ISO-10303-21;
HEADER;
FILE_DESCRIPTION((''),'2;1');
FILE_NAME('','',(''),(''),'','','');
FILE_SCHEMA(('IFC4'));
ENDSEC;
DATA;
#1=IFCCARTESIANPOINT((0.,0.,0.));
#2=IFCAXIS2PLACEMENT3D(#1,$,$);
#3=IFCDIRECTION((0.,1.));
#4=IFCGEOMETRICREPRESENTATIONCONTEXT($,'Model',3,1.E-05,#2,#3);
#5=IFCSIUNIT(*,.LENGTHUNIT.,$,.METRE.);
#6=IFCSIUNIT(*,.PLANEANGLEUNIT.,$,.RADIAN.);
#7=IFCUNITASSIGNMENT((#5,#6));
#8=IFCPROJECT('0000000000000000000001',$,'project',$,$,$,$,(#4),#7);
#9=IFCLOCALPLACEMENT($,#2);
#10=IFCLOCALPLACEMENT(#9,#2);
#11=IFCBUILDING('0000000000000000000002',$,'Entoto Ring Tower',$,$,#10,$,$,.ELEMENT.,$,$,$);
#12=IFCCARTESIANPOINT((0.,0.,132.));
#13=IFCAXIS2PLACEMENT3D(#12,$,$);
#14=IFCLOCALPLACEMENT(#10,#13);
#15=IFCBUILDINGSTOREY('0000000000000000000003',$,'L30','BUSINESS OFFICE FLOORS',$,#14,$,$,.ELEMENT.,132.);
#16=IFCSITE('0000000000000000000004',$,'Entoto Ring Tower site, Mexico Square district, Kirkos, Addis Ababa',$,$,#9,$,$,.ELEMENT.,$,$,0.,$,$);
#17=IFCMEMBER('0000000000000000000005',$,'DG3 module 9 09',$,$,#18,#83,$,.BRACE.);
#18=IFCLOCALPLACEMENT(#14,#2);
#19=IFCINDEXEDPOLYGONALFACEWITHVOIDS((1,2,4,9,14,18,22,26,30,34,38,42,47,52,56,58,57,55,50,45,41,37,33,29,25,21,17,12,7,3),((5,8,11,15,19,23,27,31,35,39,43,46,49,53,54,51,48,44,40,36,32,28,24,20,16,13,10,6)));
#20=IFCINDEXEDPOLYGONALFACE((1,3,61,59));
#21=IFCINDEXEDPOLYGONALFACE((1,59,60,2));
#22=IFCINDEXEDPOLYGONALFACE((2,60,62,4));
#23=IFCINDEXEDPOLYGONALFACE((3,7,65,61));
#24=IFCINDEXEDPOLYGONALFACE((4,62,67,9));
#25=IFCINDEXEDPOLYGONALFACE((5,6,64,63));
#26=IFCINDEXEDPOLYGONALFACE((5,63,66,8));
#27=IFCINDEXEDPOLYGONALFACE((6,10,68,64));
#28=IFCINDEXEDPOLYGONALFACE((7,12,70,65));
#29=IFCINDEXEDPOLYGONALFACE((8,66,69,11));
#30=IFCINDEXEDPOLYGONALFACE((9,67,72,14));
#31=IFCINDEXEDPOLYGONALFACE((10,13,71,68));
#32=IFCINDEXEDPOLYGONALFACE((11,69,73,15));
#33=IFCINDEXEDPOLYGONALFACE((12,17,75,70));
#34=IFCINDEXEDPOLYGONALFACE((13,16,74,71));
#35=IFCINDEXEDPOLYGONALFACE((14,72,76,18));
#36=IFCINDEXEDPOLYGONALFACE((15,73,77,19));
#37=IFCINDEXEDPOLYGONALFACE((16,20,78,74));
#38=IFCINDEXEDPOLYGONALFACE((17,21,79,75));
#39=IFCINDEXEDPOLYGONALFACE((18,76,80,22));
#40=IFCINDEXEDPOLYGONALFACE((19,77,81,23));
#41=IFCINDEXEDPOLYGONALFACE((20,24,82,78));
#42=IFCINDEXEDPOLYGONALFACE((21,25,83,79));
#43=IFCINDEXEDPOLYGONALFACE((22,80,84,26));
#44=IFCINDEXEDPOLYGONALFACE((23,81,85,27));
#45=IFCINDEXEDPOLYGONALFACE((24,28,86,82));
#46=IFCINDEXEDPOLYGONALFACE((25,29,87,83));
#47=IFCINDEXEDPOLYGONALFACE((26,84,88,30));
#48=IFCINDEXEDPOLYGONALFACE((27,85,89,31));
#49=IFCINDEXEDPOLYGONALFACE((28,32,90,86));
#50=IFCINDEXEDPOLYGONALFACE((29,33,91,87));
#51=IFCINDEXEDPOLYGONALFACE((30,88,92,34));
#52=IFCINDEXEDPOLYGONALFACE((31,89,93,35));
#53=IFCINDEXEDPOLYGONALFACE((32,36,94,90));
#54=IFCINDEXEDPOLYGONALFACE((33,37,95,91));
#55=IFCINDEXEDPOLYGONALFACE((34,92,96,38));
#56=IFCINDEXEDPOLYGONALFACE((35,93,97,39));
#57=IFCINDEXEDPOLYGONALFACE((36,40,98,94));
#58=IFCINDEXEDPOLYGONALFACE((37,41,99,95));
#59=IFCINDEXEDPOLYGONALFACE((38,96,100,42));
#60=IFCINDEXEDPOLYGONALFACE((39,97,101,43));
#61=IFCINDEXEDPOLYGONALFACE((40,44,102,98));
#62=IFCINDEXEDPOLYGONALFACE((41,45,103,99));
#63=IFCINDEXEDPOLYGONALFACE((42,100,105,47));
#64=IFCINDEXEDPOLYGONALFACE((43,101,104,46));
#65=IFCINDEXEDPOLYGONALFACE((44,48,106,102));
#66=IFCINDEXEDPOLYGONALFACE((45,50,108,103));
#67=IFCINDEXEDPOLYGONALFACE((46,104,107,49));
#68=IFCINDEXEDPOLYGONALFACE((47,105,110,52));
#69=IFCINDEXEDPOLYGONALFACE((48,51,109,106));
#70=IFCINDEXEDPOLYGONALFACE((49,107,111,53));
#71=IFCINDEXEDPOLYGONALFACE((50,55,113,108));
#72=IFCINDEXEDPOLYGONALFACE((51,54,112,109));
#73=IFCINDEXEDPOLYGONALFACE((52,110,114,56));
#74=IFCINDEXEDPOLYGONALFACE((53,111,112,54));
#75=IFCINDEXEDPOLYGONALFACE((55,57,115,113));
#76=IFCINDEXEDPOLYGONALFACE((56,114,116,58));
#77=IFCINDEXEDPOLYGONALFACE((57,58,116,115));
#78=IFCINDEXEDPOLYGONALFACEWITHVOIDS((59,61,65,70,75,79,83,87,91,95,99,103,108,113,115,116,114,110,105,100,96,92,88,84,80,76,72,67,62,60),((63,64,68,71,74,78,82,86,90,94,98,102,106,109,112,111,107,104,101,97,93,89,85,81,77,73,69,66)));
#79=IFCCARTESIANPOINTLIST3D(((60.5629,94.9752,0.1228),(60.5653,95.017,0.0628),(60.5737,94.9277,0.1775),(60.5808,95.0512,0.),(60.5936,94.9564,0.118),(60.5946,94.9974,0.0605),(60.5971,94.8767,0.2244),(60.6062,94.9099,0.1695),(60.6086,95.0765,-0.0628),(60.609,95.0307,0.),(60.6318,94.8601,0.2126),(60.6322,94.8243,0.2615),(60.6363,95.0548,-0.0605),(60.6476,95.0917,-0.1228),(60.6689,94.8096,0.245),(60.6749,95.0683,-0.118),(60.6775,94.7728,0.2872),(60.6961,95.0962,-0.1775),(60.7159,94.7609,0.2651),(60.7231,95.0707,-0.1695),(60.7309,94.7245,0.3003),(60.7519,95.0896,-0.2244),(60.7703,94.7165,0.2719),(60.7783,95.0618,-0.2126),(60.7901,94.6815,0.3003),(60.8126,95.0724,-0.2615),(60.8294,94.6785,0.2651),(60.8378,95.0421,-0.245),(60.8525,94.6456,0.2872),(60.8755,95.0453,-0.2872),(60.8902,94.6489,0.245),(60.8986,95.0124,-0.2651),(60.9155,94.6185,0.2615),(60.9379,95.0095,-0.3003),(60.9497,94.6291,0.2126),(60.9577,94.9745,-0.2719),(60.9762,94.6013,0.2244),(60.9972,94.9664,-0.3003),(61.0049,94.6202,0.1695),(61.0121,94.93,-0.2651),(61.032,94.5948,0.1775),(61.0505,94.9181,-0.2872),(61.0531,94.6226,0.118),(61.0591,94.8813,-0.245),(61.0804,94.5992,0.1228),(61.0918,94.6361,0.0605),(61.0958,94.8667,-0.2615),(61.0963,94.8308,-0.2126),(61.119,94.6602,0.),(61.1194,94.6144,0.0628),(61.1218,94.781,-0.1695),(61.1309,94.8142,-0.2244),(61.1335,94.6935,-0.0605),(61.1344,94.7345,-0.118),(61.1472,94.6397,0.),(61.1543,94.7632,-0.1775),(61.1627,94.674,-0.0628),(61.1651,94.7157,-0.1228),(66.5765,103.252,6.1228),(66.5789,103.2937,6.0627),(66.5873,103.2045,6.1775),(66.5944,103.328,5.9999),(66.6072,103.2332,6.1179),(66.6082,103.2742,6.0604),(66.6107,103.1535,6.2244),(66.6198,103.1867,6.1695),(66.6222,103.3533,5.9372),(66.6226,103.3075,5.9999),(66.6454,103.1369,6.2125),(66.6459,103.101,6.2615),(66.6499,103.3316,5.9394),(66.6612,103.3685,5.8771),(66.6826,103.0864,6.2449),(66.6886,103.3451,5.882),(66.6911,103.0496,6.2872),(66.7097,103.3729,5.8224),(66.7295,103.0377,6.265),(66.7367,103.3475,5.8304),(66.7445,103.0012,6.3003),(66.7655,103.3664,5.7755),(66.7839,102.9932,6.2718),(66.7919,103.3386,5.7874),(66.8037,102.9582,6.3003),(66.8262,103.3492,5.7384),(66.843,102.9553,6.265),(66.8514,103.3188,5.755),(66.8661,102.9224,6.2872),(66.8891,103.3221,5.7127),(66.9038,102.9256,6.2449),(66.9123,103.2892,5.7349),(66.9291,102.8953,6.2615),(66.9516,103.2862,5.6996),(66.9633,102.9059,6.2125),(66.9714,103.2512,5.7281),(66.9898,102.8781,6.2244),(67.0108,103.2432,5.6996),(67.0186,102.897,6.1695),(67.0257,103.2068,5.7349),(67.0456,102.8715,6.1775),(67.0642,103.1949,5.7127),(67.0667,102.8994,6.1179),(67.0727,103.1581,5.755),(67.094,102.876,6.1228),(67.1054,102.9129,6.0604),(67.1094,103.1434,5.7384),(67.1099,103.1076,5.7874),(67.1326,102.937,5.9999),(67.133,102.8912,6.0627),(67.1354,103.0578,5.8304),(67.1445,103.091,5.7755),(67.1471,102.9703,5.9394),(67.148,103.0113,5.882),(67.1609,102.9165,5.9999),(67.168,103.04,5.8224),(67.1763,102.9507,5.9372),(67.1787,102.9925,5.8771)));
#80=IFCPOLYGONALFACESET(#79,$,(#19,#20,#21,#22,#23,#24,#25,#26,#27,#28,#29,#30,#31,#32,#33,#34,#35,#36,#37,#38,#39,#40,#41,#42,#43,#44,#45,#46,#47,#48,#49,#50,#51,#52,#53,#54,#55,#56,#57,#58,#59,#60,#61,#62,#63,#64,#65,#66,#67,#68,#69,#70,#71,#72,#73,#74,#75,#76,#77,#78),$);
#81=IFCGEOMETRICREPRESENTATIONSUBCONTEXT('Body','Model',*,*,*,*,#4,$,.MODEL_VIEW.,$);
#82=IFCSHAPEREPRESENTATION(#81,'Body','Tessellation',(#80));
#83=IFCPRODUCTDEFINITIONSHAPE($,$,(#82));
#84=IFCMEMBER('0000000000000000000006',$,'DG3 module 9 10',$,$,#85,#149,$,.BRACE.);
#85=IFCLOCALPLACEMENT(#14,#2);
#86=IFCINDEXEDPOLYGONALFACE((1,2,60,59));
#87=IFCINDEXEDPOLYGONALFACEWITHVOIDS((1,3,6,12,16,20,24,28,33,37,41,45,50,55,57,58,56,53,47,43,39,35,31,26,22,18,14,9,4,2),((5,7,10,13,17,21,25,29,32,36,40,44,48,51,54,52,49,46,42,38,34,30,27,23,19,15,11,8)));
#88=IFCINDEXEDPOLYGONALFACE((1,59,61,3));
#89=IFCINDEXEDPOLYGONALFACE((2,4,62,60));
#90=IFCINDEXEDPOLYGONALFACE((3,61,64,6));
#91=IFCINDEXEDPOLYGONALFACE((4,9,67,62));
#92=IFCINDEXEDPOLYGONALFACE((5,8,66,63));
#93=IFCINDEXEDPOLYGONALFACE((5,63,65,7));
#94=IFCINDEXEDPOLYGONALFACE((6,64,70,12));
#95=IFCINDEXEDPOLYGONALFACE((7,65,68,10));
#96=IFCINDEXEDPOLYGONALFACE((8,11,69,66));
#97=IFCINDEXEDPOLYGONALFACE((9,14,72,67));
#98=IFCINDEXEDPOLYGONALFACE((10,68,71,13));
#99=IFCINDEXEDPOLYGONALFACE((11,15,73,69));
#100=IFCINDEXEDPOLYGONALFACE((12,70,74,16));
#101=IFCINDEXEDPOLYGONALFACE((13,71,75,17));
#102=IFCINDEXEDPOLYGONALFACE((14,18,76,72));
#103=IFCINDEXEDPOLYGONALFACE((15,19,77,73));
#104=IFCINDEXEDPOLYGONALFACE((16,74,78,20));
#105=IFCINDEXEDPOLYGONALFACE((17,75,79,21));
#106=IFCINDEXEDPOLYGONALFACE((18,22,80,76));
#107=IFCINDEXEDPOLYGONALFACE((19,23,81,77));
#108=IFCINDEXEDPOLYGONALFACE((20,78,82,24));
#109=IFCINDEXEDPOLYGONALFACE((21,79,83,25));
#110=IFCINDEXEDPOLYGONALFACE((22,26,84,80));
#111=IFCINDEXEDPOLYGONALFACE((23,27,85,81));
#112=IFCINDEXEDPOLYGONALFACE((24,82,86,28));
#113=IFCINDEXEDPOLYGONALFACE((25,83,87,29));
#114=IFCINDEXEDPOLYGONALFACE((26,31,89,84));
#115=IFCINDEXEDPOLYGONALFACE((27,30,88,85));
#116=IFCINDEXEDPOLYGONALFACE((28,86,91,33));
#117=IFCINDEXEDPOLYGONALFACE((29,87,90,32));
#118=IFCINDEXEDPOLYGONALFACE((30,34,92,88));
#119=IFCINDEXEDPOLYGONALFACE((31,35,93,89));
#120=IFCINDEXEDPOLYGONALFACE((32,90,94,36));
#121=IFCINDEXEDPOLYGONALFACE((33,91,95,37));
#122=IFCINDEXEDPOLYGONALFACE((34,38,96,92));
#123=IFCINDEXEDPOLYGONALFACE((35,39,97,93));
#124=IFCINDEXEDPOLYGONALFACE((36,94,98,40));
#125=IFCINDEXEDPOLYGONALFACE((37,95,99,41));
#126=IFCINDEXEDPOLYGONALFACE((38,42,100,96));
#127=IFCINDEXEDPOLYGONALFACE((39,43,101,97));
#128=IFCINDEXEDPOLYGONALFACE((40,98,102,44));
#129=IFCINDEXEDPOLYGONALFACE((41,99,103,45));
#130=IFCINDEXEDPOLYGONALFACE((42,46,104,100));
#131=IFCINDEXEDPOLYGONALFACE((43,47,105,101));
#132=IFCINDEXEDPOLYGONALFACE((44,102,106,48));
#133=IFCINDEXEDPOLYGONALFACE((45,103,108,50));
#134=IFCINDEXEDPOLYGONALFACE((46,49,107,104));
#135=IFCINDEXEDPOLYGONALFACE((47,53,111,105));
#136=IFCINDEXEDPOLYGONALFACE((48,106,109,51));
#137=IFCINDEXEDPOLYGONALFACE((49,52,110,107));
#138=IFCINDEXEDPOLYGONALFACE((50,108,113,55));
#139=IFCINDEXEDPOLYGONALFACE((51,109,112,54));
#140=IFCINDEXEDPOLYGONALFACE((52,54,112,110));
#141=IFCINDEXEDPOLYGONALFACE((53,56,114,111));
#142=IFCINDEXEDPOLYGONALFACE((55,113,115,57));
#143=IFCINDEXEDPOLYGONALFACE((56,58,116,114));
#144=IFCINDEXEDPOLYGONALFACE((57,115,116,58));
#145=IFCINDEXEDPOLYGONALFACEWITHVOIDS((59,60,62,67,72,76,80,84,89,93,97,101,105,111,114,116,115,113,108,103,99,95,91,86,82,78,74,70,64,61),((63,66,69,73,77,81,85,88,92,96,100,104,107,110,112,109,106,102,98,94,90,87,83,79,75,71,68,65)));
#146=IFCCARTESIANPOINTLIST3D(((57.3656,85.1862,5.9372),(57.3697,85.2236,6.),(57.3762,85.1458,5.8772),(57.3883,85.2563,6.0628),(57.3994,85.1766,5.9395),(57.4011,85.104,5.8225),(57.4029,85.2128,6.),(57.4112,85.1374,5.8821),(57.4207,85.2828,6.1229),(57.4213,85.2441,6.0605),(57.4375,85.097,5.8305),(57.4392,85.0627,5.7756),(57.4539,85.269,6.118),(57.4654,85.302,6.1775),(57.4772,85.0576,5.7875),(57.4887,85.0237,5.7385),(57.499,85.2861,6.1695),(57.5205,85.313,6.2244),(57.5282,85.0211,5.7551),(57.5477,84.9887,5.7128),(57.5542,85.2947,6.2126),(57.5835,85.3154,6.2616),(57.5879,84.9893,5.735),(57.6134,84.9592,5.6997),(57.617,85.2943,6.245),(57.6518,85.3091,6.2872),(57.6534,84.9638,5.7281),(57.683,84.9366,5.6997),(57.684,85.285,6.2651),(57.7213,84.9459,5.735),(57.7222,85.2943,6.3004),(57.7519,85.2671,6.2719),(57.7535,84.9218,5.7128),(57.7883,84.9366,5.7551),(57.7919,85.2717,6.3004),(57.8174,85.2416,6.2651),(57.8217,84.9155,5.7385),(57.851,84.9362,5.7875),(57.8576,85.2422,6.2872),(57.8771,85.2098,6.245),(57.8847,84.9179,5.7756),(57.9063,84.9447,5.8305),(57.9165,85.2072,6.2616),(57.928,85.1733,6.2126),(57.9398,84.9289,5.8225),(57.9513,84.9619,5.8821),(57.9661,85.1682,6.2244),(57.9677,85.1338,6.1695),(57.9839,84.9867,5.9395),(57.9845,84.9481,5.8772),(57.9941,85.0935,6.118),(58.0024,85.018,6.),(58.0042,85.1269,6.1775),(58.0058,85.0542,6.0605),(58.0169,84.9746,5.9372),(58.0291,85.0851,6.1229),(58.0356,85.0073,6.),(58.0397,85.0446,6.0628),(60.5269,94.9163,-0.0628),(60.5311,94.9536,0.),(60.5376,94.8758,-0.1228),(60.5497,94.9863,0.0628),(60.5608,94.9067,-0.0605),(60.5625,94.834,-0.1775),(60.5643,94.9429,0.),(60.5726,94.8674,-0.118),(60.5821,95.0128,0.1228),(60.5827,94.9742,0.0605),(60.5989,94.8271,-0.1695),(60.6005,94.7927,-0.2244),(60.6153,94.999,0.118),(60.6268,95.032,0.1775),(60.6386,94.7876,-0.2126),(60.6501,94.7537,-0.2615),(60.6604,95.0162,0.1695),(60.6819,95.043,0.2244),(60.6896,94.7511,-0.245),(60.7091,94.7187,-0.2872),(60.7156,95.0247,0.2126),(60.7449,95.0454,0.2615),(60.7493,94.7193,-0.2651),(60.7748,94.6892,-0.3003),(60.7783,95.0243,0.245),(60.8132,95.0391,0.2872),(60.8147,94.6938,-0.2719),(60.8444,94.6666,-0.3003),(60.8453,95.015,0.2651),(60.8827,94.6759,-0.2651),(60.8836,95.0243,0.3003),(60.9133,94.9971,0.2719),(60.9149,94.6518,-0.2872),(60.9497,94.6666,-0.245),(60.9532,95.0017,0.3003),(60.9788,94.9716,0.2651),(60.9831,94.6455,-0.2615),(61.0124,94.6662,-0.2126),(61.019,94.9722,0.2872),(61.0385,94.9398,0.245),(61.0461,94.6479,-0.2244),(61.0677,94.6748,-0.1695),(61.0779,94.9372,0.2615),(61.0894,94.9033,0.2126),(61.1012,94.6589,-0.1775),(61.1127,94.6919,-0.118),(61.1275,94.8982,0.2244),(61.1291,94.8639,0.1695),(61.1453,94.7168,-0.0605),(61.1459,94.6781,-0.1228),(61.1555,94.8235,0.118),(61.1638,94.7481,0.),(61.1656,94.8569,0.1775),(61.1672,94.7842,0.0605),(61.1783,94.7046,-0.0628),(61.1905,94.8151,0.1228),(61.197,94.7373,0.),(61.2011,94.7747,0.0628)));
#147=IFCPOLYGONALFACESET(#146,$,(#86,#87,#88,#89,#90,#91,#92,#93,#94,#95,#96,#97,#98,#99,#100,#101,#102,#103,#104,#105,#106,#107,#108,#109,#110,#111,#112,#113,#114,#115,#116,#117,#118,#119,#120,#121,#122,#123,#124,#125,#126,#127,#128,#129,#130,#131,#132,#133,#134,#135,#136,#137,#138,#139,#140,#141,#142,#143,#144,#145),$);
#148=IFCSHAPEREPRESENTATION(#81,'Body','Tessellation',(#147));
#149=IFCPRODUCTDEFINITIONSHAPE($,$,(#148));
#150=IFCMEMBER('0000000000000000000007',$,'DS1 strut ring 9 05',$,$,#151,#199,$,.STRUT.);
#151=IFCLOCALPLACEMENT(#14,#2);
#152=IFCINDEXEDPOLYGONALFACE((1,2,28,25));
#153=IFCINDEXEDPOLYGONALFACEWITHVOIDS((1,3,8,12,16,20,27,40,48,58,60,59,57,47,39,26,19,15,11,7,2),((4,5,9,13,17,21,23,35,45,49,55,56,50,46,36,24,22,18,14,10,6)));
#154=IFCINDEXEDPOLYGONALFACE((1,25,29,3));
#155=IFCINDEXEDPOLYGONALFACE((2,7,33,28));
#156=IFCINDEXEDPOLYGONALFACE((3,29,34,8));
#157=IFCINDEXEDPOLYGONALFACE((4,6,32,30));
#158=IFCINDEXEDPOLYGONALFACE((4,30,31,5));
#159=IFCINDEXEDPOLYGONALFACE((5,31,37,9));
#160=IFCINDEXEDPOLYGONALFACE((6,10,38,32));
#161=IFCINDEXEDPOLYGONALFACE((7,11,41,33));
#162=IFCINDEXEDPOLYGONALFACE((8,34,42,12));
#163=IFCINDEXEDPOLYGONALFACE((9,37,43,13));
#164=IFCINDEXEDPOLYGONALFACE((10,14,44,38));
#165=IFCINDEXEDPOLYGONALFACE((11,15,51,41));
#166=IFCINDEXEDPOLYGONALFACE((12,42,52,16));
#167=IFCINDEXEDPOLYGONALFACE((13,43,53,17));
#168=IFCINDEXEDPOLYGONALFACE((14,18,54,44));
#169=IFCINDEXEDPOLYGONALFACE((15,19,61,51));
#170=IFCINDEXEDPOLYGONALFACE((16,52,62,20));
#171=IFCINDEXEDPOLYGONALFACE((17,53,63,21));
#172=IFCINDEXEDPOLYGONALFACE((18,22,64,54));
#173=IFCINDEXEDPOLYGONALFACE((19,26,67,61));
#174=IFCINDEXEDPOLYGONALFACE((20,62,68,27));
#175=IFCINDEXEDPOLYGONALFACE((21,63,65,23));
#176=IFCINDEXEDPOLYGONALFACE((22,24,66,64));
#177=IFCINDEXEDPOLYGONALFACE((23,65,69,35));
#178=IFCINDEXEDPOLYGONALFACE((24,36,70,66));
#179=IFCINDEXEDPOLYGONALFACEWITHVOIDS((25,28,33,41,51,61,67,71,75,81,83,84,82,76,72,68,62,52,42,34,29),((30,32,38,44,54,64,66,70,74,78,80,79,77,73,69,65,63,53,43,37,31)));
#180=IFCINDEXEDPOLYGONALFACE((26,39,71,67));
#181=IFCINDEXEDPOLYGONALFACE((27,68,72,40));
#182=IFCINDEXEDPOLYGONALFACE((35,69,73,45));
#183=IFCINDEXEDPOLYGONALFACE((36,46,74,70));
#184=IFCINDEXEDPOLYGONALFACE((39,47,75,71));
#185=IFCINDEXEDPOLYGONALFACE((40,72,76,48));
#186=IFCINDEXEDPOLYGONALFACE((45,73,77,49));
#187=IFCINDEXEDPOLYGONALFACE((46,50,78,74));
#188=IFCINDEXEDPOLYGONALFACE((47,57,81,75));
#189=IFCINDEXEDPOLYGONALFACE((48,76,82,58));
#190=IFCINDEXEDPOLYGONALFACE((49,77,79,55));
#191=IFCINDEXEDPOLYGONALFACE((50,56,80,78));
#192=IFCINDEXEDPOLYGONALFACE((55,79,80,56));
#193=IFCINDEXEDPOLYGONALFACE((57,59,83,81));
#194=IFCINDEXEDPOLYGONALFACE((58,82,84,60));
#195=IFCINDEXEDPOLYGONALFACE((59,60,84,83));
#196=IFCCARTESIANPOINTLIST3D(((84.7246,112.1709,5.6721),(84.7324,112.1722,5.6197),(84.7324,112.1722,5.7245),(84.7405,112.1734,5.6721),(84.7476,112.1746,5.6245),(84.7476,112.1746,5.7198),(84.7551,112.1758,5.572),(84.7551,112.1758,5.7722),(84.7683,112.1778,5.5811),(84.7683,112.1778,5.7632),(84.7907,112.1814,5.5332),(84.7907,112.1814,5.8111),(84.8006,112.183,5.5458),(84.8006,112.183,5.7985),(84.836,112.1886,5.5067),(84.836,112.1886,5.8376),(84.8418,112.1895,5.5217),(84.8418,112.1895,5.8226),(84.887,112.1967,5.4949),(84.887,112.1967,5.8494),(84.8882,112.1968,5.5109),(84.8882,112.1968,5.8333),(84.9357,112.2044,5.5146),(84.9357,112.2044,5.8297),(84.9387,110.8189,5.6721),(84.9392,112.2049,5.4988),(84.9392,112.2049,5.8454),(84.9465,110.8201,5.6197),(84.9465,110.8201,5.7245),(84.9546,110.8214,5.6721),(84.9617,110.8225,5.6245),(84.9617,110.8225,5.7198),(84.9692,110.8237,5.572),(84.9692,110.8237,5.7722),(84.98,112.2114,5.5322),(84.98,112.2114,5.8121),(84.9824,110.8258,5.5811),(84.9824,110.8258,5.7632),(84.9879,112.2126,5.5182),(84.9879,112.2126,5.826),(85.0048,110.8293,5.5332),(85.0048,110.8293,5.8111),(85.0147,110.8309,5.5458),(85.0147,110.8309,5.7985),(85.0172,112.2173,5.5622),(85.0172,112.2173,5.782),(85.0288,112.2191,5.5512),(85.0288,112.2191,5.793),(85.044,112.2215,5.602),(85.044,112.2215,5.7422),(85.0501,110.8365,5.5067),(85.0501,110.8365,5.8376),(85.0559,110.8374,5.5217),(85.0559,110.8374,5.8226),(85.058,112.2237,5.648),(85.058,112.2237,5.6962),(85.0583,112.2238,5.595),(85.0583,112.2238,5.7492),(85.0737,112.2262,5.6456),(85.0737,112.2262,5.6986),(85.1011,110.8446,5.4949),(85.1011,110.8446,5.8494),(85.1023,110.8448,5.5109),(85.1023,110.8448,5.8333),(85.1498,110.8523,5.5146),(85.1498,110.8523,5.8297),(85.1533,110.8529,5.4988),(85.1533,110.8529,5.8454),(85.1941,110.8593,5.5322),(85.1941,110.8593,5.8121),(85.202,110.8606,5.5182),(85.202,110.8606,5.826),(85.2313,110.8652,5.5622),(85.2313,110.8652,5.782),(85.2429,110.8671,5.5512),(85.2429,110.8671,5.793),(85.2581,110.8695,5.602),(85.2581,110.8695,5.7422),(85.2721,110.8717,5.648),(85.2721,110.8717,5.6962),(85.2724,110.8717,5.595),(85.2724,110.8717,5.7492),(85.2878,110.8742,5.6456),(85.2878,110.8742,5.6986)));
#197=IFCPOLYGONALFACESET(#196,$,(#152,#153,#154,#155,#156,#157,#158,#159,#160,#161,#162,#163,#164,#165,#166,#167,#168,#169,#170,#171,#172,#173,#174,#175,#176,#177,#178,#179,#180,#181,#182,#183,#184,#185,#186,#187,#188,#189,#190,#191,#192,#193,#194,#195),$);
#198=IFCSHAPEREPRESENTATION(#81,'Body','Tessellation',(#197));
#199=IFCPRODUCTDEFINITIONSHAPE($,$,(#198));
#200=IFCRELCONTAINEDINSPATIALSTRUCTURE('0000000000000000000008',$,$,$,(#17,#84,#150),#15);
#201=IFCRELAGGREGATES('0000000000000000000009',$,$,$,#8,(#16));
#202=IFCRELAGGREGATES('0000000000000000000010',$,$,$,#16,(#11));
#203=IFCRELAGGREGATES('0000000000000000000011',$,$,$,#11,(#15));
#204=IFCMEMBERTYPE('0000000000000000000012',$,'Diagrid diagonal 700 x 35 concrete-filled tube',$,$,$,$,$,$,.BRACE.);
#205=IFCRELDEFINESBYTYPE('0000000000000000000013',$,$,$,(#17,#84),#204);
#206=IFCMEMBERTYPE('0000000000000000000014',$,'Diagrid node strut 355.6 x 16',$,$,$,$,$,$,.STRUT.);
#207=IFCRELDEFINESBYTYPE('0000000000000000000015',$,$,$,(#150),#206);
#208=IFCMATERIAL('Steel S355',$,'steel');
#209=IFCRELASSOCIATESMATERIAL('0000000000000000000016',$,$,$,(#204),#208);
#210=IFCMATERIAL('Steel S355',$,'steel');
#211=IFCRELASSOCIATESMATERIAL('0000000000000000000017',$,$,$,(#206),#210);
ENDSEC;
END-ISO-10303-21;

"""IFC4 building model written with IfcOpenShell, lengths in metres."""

from ifc_helpers import new_model, si_unit, direction, frame, origin, origin_2d, place, context, subcontext, project, spatial, circle, hollow_circle, extrude, material, material_profile, profile_set, type_object, element, save


model = new_model("IFC4")

# Units and contexts
model_context = context("Model", 3, precision=1e-05, world=origin(), true_north=direction((0.0, 1.0)))
body_context = subcontext(model_context, "Body", "Model", "MODEL_VIEW")
ifc_project = project(units=[si_unit("LENGTHUNIT", "METRE"), si_unit("PLANEANGLEUNIT", "RADIAN")], contexts=[model_context])

# Site, building, storey
site_placement = place(None, origin())
site = spatial("IfcSite", under=ifc_project, at=site_placement, Name="Entoto Ring Tower site, Mexico Square district, Kirkos, Addis Ababa", CompositionType="ELEMENT", RefElevation=0.0)
building_placement = place(site_placement, origin())
building = spatial("IfcBuilding", under=site, at=building_placement, Name="Entoto Ring Tower", CompositionType="ELEMENT")
storey_placement = place(building_placement, frame((0.0, 0.0, 132.0)))
storey = spatial("IfcBuildingStorey", under=building, at=storey_placement, Name="L30", Description="BUSINESS OFFICE FLOORS", CompositionType="ELEMENT", Elevation=132.0)

# Members
ifc_material_1 = material(Name="Steel S355", Category="steel")
ifc_material_profile_1 = material_profile(ifc_material_1, hollow_circle(Radius=0.3501, WallThickness=0.0349, at=origin_2d()), Name="CHS 700 x 35")
ifc_material_2 = material(Name="Concrete C60/75", Category="concrete")
ifc_material_profile_2 = material_profile(ifc_material_2, circle(Radius=0.3149, at=origin_2d()), Name="Concrete C60/75 infill")
ifc_profile_set_1 = profile_set([ifc_material_profile_1, ifc_material_profile_2], Name="Steel S355")
member_type_1 = type_object("IfcMemberType", Name="Diagrid diagonal 700 x 35 concrete-filled tube", PredefinedType="BRACE", material=ifc_profile_set_1)
for number, where, z_axis, x_axis, name in (
    (1, (60.864, 94.8455, 0.0), (0.507035, 0.697853, 0.505882), (-0.809008, 0.587797, 0.0), "DG3 module 9 09"),
    (2, (60.864, 94.8455, 0.0), (-0.266551, -0.820382, 0.505889), (0.951059, -0.309009, 0.0), "DG3 module 9 10"),
):
    element("IfcMember", number, at=place(storey_placement, frame(where, z_axis=z_axis, x_axis=x_axis)), inside=storey, type_object=member_type_1, Name=name, PredefinedType="BRACE", context=body_context, shape_type="SweptSolid", body=[
        extrude(hollow_circle(Radius=0.3501, WallThickness=0.0349, at=origin_2d()), origin(), (0.0, 0.0, 1.0), 11.8604),
    ])
ifc_material_3 = material(Name="Steel S355", Category="steel")
ifc_material_profile_3 = material_profile(ifc_material_3, hollow_circle(Radius=0.1777, WallThickness=0.0161, at=origin_2d()), Name="CHS 355.6 x 16")
ifc_material_4 = material(Name="Concrete C60/75", Category="concrete")
ifc_material_profile_4 = material_profile(ifc_material_4, circle(Radius=0.1619, at=origin_2d()), Name="Concrete C60/75 infill")
ifc_profile_set_2 = profile_set([ifc_material_profile_3, ifc_material_profile_4], Name="Steel S355")
member_type_2 = type_object("IfcMemberType", Name="Diagrid node strut 355.6 x 16", PredefinedType="STRUT", material=ifc_profile_set_2)
for number, where, z_axis, x_axis, name in (
    (3, (85.1143, 110.8467, 5.6721), (-0.156411, 0.987692, 0.0), (-0.987692, -0.156411, 0.0), "DS1 strut ring 9 05"),
):
    element("IfcMember", number, at=place(storey_placement, frame(where, z_axis=z_axis, x_axis=x_axis)), inside=storey, type_object=member_type_2, Name=name, PredefinedType="STRUT", context=body_context, shape_type="SweptSolid", body=[
        extrude(hollow_circle(Radius=0.1777, WallThickness=0.0161, at=origin_2d()), origin(), (0.0, 0.0, 1.0), 1.3689),
    ])

save(model, "model.ifc")
